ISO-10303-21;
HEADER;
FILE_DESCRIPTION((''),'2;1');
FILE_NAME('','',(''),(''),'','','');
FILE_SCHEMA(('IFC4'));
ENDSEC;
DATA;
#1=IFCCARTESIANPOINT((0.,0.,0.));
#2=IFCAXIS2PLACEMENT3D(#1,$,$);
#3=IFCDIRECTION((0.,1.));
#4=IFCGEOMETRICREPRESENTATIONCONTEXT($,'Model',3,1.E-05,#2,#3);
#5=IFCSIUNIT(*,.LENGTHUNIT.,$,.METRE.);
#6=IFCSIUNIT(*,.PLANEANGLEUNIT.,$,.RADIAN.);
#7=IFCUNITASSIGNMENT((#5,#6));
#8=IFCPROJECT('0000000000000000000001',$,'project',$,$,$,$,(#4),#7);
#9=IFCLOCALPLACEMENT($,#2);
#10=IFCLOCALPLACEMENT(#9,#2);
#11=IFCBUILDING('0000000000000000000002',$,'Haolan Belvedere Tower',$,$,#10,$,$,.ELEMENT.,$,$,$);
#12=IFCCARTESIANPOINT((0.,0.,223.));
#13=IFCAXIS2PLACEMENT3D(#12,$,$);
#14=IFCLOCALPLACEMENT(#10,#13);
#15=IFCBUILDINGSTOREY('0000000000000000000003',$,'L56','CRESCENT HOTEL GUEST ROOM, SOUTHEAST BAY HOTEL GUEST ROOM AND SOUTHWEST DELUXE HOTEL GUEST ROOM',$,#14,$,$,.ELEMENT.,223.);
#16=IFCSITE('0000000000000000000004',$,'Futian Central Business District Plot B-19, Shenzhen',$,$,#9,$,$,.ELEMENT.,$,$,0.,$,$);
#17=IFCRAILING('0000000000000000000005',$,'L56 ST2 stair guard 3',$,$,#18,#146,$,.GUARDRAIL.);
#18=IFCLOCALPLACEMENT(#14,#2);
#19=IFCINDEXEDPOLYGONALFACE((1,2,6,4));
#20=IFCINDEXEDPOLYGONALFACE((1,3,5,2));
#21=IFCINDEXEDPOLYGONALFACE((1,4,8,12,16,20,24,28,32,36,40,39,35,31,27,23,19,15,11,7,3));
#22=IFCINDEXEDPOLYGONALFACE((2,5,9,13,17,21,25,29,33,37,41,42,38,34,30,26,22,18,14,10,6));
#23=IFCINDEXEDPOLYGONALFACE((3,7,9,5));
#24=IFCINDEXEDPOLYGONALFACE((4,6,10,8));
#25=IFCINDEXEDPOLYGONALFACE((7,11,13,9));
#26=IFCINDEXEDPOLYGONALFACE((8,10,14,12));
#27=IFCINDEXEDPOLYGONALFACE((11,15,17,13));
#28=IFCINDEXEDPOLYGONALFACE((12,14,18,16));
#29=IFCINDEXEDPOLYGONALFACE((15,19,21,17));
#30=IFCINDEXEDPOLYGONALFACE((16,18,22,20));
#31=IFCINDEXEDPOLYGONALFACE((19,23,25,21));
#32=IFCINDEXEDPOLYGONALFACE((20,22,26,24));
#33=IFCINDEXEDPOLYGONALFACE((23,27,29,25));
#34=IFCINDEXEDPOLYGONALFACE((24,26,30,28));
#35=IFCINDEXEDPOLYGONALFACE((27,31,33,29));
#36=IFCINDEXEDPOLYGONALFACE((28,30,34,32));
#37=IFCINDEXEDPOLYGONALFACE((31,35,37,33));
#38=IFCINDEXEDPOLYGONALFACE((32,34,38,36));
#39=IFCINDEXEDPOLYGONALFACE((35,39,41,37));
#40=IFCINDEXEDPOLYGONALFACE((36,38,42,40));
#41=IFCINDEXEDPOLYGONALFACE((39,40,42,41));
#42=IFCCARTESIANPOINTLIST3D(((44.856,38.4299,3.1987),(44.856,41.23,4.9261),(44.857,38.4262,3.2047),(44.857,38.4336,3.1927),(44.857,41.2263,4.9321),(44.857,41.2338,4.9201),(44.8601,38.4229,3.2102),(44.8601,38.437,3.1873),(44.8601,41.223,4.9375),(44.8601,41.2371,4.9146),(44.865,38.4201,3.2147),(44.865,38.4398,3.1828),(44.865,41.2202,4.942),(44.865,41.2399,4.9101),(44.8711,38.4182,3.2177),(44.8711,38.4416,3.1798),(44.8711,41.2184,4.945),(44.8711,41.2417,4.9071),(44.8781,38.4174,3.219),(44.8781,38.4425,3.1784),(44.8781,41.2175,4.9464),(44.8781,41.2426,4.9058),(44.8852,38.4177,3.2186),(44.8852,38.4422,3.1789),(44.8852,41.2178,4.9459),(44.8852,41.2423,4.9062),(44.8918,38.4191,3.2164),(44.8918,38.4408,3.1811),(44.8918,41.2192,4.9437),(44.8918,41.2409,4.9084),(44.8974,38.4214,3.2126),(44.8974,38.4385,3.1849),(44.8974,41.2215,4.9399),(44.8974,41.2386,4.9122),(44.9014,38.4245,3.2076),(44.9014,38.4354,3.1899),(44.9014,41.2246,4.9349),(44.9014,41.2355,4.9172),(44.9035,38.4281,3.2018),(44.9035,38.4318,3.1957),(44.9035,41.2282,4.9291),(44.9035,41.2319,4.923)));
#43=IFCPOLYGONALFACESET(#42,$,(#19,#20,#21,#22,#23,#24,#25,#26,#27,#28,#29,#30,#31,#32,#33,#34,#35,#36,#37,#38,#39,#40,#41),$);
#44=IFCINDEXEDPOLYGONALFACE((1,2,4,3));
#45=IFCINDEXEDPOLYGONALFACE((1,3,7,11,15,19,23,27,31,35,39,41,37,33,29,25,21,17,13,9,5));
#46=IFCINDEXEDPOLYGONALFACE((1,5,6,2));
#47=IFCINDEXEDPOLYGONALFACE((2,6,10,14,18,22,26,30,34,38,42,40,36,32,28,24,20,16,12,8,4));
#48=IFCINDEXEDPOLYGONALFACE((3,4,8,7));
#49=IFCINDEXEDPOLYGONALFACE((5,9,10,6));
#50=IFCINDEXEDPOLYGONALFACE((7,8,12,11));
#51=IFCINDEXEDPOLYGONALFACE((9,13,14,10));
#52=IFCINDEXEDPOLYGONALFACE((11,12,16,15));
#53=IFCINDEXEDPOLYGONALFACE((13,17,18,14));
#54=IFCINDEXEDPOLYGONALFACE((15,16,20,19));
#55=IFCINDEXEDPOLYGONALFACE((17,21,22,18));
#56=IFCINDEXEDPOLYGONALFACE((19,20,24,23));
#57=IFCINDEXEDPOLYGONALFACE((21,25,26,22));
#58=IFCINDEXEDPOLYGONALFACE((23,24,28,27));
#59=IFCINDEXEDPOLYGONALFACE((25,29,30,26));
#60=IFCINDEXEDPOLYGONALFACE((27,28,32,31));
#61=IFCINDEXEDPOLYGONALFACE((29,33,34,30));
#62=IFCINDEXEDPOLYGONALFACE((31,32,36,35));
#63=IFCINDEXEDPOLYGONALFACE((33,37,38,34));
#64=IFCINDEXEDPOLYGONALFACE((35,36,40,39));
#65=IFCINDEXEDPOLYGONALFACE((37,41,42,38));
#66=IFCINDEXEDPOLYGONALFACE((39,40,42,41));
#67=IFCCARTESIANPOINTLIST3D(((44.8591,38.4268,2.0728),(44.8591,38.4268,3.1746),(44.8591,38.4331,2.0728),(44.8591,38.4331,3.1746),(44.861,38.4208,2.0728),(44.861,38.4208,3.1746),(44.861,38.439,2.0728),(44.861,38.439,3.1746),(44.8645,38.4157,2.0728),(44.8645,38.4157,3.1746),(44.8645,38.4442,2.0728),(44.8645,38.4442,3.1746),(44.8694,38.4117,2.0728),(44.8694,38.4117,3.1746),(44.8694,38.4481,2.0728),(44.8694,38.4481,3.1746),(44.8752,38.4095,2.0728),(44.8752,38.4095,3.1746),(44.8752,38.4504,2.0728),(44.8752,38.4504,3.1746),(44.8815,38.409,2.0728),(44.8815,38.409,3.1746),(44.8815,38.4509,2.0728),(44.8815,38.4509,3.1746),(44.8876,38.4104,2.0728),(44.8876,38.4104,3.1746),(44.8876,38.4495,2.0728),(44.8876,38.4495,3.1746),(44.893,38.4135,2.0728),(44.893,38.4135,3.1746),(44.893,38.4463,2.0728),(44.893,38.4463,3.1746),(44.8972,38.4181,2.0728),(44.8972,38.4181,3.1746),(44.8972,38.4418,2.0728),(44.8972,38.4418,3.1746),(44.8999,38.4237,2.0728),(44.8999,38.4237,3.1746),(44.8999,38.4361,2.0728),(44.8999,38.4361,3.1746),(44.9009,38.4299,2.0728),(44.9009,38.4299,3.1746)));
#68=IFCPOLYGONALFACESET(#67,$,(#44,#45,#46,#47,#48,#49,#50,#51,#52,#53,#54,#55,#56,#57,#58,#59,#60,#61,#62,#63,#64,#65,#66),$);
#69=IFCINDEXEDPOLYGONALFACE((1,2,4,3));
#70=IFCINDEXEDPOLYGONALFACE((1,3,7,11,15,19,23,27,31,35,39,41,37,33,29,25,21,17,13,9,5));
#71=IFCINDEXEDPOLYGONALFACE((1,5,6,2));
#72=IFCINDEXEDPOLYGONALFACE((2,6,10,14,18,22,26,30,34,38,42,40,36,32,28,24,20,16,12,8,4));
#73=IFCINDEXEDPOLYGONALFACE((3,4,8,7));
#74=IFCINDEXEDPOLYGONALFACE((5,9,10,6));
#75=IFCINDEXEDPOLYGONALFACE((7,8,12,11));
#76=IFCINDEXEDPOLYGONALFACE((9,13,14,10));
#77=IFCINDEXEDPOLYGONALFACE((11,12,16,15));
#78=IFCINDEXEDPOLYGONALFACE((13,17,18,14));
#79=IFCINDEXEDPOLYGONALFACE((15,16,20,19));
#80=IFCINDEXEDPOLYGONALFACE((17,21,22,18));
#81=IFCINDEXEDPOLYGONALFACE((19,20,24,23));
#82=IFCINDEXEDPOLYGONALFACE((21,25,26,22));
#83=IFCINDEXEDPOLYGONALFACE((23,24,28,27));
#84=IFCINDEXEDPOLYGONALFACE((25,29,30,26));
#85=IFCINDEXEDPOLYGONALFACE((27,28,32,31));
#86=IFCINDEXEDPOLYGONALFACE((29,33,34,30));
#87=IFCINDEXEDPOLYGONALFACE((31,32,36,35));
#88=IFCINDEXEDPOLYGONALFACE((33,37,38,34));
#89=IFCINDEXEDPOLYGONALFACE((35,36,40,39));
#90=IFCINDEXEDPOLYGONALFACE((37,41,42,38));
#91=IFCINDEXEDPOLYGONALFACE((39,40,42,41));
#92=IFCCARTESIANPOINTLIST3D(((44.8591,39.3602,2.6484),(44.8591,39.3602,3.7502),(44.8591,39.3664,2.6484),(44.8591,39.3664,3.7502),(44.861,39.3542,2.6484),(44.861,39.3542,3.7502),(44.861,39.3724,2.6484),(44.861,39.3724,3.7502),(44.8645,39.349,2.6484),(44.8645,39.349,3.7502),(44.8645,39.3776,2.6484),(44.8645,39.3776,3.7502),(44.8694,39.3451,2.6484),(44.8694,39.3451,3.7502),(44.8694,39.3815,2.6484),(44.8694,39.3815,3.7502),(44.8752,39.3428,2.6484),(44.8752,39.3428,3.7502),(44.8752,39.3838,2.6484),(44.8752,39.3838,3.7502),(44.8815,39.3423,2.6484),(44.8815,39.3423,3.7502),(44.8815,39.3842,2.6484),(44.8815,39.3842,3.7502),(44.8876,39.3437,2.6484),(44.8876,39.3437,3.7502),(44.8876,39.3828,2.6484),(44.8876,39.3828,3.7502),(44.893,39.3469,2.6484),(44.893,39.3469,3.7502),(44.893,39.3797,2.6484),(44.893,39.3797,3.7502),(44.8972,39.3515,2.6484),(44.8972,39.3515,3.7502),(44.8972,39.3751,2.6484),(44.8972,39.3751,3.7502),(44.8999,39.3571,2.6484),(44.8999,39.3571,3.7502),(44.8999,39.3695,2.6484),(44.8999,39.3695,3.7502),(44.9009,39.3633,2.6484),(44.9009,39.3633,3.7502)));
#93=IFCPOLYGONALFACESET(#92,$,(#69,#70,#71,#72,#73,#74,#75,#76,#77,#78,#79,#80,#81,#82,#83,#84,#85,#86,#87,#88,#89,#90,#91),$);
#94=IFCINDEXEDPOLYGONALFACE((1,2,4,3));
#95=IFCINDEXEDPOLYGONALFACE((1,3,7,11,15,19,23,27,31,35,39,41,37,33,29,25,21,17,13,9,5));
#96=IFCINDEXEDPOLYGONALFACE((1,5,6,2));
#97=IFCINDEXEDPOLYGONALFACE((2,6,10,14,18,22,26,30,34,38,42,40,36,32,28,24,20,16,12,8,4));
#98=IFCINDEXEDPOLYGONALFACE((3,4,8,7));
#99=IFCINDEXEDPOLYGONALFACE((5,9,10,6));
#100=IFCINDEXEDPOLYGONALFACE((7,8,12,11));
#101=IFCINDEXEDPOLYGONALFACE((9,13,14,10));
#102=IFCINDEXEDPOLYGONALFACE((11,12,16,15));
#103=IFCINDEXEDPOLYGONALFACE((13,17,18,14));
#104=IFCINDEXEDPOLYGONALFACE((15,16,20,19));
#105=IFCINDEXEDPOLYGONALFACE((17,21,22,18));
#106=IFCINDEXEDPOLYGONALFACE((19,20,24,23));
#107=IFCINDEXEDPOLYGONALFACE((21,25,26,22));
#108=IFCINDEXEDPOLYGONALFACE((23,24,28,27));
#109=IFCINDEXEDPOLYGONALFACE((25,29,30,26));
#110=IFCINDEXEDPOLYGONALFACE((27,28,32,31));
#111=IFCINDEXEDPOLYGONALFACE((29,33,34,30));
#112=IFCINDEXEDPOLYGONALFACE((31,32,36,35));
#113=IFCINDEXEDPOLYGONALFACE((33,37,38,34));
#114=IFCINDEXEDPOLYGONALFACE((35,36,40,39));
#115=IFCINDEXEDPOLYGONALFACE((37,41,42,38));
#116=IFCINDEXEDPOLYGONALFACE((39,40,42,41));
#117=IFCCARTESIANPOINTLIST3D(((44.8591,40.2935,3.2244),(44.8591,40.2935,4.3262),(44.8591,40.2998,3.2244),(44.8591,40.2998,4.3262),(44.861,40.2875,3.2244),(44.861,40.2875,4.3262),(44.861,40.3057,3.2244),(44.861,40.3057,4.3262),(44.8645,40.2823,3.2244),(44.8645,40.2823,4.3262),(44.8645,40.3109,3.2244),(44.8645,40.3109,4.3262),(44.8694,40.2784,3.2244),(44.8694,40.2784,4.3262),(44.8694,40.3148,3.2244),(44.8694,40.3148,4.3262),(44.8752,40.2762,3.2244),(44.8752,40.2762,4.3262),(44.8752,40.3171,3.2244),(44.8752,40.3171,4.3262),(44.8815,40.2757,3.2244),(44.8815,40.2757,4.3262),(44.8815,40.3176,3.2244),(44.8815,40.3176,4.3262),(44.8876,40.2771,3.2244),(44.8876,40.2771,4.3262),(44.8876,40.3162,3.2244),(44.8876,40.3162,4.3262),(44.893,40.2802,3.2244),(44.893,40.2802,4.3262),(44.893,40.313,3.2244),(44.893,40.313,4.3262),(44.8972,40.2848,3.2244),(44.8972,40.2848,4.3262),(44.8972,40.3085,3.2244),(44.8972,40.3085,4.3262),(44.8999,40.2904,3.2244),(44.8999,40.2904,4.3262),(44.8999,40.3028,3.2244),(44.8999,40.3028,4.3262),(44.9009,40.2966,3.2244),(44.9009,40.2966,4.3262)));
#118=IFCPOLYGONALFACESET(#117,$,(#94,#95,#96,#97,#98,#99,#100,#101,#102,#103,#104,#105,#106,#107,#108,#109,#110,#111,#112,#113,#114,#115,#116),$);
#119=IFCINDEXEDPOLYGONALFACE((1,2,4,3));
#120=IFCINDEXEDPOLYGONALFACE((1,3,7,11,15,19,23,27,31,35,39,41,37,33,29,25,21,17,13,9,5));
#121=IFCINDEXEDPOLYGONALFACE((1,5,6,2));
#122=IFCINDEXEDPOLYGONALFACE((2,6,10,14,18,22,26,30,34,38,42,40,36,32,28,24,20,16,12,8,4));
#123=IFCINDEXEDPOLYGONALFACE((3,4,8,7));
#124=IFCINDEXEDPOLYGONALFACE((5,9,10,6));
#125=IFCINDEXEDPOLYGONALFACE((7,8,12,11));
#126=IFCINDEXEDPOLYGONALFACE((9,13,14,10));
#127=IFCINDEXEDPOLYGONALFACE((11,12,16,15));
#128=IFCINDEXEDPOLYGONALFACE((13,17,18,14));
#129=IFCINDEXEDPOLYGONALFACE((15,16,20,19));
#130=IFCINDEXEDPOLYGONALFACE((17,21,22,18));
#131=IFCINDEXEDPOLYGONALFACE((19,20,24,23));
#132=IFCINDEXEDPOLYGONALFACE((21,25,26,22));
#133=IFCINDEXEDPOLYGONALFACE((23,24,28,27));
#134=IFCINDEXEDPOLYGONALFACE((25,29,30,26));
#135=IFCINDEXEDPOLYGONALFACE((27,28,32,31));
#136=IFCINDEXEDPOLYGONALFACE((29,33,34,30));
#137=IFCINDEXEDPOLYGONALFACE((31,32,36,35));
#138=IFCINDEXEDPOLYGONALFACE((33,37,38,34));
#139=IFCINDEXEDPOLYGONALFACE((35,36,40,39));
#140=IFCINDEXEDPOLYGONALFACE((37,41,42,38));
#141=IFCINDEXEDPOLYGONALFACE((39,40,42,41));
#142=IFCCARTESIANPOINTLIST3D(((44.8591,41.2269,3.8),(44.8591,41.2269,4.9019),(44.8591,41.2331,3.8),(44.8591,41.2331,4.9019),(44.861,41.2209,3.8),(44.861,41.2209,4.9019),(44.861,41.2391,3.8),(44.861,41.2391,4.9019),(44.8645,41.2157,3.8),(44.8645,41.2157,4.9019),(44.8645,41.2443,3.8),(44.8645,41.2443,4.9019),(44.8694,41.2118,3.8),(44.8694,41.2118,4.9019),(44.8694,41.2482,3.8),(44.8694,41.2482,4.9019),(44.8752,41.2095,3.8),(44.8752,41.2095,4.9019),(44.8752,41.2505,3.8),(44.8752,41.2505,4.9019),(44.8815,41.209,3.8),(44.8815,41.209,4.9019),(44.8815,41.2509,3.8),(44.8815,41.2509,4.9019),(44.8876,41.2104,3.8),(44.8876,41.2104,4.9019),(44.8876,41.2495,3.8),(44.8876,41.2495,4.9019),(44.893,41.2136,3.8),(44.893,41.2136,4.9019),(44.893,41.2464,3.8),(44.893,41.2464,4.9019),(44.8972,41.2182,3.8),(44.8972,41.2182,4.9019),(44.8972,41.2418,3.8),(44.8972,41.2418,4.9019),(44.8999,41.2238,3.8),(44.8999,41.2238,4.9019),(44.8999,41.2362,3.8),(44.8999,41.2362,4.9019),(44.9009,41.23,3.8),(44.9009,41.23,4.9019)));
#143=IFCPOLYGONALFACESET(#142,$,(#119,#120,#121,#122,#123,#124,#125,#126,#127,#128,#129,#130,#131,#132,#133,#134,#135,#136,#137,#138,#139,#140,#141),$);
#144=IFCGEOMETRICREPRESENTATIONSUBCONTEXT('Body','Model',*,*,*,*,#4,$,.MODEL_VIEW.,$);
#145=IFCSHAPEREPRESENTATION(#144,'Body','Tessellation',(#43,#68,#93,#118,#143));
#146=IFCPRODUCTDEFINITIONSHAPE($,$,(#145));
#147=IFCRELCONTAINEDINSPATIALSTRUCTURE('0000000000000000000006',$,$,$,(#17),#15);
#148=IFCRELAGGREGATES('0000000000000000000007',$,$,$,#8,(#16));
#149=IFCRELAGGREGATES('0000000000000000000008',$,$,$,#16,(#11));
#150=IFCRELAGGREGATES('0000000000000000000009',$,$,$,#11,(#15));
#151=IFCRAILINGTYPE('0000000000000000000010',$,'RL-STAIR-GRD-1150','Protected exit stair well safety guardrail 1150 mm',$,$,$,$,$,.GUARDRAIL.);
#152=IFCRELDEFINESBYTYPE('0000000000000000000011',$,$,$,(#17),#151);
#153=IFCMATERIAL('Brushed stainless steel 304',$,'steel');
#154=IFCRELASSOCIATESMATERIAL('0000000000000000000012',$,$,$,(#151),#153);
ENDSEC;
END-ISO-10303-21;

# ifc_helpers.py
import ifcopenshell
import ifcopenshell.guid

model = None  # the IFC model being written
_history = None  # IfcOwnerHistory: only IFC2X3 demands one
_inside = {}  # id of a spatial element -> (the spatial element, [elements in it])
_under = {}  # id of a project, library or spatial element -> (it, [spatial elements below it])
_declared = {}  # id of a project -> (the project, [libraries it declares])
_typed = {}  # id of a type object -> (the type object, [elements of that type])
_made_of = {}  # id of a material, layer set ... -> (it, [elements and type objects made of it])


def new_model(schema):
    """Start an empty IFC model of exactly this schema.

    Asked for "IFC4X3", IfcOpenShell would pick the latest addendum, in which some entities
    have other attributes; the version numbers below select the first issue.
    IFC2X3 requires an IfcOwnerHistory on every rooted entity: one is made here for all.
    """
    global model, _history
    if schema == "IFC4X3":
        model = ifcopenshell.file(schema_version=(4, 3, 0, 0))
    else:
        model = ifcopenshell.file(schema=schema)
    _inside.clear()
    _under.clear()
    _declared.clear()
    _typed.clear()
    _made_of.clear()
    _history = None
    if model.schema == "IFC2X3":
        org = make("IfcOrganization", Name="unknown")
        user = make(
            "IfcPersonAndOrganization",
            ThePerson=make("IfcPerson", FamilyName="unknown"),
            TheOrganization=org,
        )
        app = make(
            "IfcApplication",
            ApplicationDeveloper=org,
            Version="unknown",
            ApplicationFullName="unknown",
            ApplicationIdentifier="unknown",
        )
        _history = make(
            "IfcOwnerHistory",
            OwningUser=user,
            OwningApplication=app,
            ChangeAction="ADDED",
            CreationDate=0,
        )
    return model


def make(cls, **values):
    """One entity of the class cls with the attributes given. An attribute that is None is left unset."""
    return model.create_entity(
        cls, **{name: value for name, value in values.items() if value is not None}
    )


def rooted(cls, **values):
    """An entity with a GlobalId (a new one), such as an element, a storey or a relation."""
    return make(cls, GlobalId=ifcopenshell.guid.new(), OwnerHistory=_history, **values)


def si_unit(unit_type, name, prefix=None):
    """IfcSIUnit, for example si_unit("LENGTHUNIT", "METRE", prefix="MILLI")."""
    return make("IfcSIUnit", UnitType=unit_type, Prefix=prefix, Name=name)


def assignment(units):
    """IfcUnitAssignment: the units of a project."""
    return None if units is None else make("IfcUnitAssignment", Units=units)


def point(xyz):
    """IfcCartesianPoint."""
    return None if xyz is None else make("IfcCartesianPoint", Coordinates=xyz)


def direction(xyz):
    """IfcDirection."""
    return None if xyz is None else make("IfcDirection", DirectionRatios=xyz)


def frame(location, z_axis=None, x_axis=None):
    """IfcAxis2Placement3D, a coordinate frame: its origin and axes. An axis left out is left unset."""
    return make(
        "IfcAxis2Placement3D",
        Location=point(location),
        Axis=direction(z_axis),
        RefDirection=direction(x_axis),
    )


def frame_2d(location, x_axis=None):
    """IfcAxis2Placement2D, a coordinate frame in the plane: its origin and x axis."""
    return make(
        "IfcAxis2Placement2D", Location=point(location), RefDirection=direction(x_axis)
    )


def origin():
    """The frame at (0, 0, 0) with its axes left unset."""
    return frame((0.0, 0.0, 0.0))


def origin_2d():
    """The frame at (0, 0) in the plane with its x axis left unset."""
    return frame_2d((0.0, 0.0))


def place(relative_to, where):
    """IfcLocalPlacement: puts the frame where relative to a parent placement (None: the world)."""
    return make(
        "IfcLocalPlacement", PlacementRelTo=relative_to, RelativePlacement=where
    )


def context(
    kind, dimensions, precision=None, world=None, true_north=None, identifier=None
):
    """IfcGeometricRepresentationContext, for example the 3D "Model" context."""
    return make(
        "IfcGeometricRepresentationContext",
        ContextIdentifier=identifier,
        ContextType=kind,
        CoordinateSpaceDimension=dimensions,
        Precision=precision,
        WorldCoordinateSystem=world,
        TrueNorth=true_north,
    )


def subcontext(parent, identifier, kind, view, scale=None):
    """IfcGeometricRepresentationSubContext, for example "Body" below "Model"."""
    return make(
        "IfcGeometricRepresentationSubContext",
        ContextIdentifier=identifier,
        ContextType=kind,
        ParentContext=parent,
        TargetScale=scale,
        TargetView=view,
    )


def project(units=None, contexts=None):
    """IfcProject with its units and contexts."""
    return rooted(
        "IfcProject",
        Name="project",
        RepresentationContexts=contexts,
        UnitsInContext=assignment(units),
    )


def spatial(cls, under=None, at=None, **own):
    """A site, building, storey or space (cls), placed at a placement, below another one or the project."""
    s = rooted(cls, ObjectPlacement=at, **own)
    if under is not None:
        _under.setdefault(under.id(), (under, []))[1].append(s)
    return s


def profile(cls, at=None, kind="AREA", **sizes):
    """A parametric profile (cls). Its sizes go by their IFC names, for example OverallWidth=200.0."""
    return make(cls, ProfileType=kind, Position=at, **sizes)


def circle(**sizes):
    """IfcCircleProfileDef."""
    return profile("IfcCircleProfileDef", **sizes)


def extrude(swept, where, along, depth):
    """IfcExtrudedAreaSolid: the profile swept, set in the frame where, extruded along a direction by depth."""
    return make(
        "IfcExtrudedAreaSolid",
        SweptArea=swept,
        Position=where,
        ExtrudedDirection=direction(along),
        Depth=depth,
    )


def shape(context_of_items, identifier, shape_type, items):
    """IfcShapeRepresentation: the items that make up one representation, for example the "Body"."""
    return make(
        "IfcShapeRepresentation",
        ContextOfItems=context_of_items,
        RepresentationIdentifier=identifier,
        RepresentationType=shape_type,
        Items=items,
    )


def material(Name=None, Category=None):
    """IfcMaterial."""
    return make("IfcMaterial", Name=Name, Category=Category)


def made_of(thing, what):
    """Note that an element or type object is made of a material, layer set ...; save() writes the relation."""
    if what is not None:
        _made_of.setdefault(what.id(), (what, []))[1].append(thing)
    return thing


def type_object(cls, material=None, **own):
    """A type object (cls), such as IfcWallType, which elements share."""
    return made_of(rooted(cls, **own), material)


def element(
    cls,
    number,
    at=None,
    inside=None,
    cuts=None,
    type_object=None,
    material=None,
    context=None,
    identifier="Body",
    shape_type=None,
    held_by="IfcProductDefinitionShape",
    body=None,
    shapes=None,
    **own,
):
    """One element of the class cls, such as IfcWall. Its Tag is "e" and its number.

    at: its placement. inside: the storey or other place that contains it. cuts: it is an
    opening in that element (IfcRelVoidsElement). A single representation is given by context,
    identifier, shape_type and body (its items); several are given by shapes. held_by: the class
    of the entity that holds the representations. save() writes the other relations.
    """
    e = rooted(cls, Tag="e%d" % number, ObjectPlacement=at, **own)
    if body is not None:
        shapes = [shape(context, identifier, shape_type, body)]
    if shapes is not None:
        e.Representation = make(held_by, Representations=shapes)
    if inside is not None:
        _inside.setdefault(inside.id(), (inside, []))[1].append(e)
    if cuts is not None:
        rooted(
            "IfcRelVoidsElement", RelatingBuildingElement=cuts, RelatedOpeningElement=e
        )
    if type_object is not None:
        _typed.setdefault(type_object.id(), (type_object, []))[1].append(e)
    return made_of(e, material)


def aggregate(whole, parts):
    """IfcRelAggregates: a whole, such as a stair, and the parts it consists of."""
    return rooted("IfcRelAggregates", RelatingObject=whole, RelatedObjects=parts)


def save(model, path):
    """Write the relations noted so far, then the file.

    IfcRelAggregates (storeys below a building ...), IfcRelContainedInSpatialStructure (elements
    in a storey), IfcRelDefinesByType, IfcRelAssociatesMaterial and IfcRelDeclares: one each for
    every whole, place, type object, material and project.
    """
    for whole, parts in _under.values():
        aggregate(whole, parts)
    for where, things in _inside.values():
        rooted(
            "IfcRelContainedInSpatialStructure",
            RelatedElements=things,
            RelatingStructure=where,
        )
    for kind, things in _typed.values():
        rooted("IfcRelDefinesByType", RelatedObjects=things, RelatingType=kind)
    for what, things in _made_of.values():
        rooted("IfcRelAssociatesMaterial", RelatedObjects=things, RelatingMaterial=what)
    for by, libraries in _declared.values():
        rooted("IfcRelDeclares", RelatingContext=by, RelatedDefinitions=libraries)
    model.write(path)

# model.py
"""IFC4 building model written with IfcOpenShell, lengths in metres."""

from ifc_helpers import new_model, si_unit, direction, frame, origin, origin_2d, place, context, subcontext, project, spatial, circle, extrude, material, type_object, element, save


model = new_model("IFC4")

# Units and contexts
model_context = context("Model", 3, precision=1e-05, world=origin(), true_north=direction((0.0, 1.0)))
body_context = subcontext(model_context, "Body", "Model", "MODEL_VIEW")
ifc_project = project(units=[si_unit("LENGTHUNIT", "METRE"), si_unit("PLANEANGLEUNIT", "RADIAN")], contexts=[model_context])

# Site, building, storey
site_placement = place(None, origin())
site = spatial("IfcSite", under=ifc_project, at=site_placement, Name="Futian Central Business District Plot B-19, Shenzhen", CompositionType="ELEMENT", RefElevation=0.0)
building_placement = place(site_placement, origin())
building = spatial("IfcBuilding", under=site, at=building_placement, Name="Haolan Belvedere Tower", CompositionType="ELEMENT")
storey_placement = place(building_placement, frame((0.0, 0.0, 223.0)))
storey = spatial("IfcBuildingStorey", under=building, at=storey_placement, Name="L56", Description="CRESCENT HOTEL GUEST ROOM, SOUTHEAST BAY HOTEL GUEST ROOM AND SOUTHWEST DELUXE HOTEL GUEST ROOM", CompositionType="ELEMENT", Elevation=223.0)

# Railing
ifc_material_1 = material(Name="Brushed stainless steel 304", Category="steel")
railing_type_1 = type_object("IfcRailingType", Name="RL-STAIR-GRD-1150", Description="Protected exit stair well safety guardrail 1150 mm", PredefinedType="GUARDRAIL", material=ifc_material_1)
railing_1_placement = place(storey_placement, frame((44.8799, 38.4299, 2.0728)))
element("IfcRailing", 1, at=railing_1_placement, inside=storey, type_object=railing_type_1, Name="L56 ST2 stair guard 3", PredefinedType="GUARDRAIL", context=body_context, shape_type="SweptSolid", body=[
    extrude(circle(Radius=0.0239, at=origin_2d()), frame((0.0, 0.0, 1.126), z_axis=(0.0, 0.85109, 0.52502), x_axis=(-1.0, 0.0, 0.0)), (0.0, 0.0, 1.0), 3.29),
    extrude(circle(Radius=0.021, at=origin_2d()), origin(), (0.0, 0.0, 1.0), 1.1018),
    extrude(circle(Radius=0.021, at=origin_2d()), frame((0.0, 0.9333, 0.5757)), (0.0, 0.0, 1.0), 1.1018),
    extrude(circle(Radius=0.021, at=origin_2d()), frame((0.0, 1.8667, 1.1516)), (0.0, 0.0, 1.0), 1.1018),
    extrude(circle(Radius=0.021, at=origin_2d()), frame((0.0, 2.8, 1.7273)), (0.0, 0.0, 1.0), 1.1018),
])

save(model, "model.ifc")
